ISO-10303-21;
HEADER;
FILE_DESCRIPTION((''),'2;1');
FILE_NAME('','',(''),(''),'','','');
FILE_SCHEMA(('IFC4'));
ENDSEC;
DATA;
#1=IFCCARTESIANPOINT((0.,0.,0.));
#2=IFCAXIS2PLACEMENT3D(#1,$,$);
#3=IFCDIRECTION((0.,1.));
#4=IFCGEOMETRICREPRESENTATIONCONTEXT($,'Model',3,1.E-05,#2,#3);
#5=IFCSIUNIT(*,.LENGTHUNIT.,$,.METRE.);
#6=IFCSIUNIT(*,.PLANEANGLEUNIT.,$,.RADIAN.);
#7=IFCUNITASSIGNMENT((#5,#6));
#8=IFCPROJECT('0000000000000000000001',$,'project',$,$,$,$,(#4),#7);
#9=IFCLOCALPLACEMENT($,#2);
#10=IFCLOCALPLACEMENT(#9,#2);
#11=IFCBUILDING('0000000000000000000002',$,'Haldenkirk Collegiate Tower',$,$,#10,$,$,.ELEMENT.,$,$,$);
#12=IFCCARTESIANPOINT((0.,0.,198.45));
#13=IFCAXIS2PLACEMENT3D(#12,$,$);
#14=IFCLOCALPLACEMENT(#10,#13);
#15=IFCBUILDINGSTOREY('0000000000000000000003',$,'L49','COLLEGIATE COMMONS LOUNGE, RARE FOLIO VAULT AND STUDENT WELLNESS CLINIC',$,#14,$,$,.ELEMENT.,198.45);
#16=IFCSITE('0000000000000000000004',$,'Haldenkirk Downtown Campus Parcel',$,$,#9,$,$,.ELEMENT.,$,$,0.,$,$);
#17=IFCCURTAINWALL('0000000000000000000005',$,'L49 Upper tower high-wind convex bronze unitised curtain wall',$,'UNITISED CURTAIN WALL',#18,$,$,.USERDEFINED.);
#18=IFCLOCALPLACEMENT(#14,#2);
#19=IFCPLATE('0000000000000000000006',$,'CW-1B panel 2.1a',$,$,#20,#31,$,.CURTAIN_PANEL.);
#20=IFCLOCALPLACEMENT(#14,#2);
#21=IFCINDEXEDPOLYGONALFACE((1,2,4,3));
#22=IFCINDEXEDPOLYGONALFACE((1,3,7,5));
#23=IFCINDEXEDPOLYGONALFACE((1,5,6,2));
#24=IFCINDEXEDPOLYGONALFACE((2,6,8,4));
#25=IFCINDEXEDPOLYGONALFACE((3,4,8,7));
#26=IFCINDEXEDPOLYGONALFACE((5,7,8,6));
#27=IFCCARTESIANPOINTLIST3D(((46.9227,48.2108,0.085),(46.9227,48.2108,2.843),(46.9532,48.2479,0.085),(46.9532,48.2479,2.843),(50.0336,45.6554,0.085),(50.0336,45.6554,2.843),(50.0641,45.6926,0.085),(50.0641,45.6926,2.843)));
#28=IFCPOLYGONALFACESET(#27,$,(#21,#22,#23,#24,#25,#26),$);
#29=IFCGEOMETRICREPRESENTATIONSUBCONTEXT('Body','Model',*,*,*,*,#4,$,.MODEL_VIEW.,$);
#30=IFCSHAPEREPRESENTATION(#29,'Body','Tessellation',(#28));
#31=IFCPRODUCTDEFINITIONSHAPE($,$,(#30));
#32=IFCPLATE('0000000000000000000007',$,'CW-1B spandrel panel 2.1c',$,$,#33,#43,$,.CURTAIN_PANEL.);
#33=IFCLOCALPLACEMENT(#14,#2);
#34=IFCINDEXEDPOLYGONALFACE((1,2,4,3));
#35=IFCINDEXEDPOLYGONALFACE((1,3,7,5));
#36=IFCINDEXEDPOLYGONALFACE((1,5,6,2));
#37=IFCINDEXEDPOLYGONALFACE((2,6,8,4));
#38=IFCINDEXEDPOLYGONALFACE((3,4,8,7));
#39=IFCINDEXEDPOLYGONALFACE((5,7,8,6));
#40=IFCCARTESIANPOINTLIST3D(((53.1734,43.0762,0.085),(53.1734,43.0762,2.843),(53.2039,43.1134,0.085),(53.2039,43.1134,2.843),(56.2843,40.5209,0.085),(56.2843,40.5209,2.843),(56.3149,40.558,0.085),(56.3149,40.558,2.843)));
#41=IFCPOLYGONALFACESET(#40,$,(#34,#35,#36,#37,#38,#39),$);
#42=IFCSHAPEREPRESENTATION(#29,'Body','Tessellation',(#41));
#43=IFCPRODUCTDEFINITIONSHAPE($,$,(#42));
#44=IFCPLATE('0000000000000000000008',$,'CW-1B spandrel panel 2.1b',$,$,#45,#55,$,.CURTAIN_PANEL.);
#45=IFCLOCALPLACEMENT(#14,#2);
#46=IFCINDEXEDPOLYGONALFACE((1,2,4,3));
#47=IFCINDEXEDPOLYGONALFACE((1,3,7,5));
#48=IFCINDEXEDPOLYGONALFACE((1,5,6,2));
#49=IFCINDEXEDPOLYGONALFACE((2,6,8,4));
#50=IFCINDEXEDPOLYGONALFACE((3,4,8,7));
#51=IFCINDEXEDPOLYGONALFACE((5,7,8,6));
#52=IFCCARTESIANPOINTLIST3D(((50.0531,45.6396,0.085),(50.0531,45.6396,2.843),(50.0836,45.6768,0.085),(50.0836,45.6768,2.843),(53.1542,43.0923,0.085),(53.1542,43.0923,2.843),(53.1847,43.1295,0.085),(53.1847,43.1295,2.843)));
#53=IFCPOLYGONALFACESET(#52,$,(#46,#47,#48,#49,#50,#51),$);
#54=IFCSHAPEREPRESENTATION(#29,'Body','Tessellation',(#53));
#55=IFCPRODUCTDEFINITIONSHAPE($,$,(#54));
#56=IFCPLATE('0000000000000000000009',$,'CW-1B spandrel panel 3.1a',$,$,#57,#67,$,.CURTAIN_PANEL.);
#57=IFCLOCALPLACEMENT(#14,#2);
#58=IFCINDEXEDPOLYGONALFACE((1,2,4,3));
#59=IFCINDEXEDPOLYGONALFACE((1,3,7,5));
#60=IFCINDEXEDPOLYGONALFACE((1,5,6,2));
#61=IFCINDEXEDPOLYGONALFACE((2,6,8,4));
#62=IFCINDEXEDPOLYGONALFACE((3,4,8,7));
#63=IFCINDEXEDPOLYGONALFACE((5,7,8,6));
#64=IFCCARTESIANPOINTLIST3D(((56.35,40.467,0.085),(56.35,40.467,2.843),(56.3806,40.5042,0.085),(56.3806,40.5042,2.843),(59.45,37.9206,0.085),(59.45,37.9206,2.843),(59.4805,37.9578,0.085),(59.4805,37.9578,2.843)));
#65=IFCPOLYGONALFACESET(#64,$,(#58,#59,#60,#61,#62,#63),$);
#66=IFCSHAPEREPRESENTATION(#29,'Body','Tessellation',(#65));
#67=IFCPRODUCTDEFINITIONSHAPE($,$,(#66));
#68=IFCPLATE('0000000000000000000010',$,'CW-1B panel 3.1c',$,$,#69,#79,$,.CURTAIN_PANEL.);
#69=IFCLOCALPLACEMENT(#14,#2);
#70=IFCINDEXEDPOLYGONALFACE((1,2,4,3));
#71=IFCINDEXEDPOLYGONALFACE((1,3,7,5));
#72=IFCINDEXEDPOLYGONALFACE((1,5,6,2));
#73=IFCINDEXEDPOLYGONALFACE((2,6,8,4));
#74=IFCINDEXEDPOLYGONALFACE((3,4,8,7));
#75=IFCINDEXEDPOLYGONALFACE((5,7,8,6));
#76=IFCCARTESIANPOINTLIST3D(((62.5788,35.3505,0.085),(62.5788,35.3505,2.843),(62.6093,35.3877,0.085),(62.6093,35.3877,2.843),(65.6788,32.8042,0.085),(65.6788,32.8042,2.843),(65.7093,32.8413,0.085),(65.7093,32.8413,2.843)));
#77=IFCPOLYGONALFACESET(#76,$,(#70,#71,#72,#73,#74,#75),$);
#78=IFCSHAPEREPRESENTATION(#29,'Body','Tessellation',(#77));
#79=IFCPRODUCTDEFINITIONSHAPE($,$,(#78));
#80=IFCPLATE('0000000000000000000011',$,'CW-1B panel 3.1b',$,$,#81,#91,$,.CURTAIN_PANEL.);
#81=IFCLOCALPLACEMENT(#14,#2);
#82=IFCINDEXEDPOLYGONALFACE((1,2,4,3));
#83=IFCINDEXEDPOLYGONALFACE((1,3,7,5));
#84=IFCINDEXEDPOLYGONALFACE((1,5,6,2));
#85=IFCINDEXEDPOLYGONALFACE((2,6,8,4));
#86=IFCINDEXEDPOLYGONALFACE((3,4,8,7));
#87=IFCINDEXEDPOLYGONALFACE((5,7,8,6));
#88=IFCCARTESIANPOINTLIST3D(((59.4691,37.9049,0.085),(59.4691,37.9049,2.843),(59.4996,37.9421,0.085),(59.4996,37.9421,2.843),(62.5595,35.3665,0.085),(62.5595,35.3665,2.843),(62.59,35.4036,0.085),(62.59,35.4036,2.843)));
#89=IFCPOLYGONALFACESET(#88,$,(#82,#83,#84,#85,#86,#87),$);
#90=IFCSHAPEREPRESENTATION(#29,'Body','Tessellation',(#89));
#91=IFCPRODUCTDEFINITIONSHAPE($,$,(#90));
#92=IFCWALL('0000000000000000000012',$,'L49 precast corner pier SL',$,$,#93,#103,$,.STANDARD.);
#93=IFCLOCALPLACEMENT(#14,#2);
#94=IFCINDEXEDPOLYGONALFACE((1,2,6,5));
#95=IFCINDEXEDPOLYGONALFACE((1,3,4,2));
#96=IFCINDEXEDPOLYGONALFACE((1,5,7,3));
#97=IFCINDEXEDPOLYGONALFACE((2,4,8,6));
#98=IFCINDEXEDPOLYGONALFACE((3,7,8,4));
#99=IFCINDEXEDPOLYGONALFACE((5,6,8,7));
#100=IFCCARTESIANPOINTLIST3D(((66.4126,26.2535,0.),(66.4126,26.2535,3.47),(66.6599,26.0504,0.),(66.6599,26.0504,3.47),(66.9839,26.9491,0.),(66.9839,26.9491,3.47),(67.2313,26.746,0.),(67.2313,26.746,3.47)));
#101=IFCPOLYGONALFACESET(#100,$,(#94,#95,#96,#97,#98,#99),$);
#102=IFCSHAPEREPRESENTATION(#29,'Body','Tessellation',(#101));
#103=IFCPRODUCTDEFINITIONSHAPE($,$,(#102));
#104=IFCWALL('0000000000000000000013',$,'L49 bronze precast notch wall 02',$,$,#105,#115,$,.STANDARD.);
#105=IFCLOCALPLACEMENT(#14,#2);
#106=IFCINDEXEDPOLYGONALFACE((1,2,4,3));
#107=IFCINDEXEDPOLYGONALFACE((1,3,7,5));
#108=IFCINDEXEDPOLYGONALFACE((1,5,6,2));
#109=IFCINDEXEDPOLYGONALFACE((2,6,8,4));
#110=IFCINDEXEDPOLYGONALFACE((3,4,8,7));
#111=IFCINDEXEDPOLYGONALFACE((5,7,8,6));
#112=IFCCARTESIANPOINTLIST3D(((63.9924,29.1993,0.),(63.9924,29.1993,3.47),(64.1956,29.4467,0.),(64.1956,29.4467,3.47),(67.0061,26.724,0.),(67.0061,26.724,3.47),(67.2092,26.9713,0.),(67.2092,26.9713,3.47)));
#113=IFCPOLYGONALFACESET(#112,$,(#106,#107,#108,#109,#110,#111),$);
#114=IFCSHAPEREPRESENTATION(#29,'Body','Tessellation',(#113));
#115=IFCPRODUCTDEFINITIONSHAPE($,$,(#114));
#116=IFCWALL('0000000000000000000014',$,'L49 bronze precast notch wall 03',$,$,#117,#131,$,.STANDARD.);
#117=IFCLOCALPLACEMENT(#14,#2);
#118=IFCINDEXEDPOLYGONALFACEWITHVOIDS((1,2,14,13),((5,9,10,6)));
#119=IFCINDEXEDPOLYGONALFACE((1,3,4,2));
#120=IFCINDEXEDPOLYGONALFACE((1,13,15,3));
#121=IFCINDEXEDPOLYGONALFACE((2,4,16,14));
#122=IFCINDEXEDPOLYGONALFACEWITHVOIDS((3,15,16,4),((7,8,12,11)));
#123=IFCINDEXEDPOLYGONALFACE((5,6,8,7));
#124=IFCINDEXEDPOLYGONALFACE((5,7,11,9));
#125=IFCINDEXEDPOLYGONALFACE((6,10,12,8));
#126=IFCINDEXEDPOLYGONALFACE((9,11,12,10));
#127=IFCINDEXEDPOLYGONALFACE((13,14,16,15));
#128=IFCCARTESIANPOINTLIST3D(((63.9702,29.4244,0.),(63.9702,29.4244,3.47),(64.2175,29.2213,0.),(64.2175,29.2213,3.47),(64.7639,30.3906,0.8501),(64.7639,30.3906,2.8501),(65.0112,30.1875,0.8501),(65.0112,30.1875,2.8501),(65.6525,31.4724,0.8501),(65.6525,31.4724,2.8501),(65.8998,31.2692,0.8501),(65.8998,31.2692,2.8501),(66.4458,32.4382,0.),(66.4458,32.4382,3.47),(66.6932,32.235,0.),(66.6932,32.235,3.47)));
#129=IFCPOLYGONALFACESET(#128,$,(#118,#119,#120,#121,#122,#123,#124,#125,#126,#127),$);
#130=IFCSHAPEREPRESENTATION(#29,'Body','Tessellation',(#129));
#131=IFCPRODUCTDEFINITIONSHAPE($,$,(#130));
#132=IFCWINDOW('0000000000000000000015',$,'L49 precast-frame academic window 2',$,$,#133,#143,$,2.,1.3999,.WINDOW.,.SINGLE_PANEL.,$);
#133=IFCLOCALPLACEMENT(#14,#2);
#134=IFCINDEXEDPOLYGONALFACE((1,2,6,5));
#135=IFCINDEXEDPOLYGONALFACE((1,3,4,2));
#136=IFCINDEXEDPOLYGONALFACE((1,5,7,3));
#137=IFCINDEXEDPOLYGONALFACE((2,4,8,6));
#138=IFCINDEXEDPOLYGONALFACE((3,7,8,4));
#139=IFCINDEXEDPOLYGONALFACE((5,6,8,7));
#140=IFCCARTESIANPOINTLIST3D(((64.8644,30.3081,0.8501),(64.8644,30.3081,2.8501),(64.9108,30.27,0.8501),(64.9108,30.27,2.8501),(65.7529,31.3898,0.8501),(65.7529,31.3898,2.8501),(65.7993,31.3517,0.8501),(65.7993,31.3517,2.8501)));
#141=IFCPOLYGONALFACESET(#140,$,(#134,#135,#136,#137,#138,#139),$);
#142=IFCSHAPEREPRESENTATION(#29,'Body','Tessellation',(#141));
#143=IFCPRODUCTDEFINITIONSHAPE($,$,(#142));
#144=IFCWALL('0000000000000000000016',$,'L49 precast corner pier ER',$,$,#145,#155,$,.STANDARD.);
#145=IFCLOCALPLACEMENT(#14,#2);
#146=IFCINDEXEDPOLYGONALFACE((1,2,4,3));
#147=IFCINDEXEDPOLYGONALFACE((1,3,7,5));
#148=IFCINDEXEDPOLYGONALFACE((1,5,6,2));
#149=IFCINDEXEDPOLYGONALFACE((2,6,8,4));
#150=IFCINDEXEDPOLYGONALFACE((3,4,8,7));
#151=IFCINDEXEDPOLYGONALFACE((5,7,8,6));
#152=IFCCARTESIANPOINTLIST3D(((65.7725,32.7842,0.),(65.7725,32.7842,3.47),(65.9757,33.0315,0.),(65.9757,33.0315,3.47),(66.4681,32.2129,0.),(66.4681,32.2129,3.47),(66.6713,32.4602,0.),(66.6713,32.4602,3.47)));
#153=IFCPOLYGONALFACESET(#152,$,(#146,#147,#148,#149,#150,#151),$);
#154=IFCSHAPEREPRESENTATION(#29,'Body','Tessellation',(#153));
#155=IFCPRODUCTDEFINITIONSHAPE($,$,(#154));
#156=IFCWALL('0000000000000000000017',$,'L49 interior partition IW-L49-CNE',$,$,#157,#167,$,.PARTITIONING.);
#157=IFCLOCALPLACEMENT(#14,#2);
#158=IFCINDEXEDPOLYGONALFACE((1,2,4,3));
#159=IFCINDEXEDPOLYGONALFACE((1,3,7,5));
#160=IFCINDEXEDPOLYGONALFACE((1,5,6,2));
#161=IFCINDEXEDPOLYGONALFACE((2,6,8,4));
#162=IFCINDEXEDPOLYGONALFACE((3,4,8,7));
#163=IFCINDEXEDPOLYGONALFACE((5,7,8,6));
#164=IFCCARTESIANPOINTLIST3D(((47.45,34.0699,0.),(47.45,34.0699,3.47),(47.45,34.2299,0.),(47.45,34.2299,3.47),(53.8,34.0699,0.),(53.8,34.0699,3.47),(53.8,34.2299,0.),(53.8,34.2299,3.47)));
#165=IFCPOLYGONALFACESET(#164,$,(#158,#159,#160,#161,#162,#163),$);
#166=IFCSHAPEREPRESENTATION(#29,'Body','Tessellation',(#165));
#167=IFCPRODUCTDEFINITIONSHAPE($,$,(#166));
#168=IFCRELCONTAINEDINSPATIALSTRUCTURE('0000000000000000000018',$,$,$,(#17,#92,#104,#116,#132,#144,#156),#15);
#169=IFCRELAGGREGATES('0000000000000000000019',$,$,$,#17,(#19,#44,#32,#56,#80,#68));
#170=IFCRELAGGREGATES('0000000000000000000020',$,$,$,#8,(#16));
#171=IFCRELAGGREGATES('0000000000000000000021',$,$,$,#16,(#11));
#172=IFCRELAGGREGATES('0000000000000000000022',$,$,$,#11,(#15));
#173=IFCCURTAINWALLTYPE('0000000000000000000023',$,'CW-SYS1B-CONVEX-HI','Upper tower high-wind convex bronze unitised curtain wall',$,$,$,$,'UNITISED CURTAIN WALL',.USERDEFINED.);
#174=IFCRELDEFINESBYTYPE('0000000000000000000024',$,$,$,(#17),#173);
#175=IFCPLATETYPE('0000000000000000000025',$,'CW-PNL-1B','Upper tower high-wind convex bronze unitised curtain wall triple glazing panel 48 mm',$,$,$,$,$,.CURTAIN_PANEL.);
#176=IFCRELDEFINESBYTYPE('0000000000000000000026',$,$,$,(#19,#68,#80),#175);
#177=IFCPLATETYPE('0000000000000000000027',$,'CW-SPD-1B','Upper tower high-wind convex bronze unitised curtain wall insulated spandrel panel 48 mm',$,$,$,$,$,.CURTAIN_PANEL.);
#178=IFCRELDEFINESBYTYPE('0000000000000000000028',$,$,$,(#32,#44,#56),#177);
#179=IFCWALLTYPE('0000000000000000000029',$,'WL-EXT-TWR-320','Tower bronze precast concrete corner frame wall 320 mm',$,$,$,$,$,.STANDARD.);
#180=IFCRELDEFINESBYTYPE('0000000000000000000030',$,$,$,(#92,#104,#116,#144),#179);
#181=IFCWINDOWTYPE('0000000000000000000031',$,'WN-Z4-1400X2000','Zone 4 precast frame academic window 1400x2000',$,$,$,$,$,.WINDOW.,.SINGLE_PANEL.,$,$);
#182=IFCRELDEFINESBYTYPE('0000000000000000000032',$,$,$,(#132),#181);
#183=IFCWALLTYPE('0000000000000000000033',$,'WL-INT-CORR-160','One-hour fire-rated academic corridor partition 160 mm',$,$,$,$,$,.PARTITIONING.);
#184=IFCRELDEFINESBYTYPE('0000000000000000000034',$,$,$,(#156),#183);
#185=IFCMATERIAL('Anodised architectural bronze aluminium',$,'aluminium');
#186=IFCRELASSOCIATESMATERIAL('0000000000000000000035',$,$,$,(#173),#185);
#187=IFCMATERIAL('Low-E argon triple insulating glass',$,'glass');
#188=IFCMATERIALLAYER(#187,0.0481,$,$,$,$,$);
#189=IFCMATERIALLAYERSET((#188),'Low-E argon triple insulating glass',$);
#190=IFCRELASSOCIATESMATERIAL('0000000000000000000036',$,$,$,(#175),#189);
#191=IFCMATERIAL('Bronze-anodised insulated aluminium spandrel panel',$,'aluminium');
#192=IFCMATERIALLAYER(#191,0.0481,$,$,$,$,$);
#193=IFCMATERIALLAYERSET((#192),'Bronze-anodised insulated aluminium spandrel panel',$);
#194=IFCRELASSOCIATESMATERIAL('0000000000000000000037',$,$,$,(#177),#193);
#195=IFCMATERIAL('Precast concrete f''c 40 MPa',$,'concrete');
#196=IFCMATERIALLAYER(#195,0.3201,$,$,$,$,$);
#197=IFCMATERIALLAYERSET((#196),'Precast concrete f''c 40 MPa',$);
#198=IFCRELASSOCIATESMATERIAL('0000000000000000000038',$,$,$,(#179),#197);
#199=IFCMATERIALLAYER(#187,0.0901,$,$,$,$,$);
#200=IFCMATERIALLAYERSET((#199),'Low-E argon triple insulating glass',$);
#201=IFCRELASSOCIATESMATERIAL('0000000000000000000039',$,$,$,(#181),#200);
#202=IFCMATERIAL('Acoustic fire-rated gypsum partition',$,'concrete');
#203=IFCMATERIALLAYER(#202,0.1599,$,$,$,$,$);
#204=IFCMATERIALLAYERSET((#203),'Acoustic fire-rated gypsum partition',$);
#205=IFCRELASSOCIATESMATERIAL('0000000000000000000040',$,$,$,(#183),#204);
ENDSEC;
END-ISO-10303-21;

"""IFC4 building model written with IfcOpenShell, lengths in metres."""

from ifc_helpers import new_model, si_unit, direction, frame, frame_2d, origin, origin_2d, place, context, subcontext, project, spatial, rectangle, extrude, source, transform, mapped, material, layer, layer_set, type_object, element, fill, aggregate, save


model = new_model("IFC4")

# Units and contexts
model_context = context("Model", 3, precision=1e-05, world=origin(), true_north=direction((0.0, 1.0)))
body_context = subcontext(model_context, "Body", "Model", "MODEL_VIEW")
ifc_project = project(units=[si_unit("LENGTHUNIT", "METRE"), si_unit("PLANEANGLEUNIT", "RADIAN")], contexts=[model_context])

# Site, building, storey
site_placement = place(None, origin())
site = spatial("IfcSite", under=ifc_project, at=site_placement, Name="Haldenkirk Downtown Campus Parcel", CompositionType="ELEMENT", RefElevation=0.0)
building_placement = place(site_placement, origin())
building = spatial("IfcBuilding", under=site, at=building_placement, Name="Haldenkirk Collegiate Tower", CompositionType="ELEMENT")
storey_placement = place(building_placement, frame((0.0, 0.0, 198.45)))
storey = spatial("IfcBuildingStorey", under=building, at=storey_placement, Name="L49", Description="COLLEGIATE COMMONS LOUNGE, RARE FOLIO VAULT AND STUDENT WELLNESS CLINIC", CompositionType="ELEMENT", Elevation=198.45)

# Shared definitions
ifc_material_1 = material(Name="Anodised architectural bronze aluminium", Category="aluminium")

# Curtain wall
curtain_wall_type_1 = type_object("IfcCurtainWallType", Name="CW-SYS1B-CONVEX-HI", Description="Upper tower high-wind convex bronze unitised curtain wall", ElementType="UNITISED CURTAIN WALL", PredefinedType="USERDEFINED", material=ifc_material_1)
curtain_wall_1_placement = place(storey_placement, origin())
curtain_wall_1 = element("IfcCurtainWall", 1, at=curtain_wall_1_placement, inside=storey, type_object=curtain_wall_type_1, Name="L49 Upper tower high-wind convex bronze unitised curtain wall", ObjectType="UNITISED CURTAIN WALL", PredefinedType="USERDEFINED")

# Plates
ifc_material_2 = material(Name="Low-E argon triple insulating glass", Category="glass")
ifc_layer_1 = layer(ifc_material_2, 0.0481)
ifc_layer_set_1 = layer_set([ifc_layer_1], Name="Low-E argon triple insulating glass")
plate_type_1 = type_object("IfcPlateType", Name="CW-PNL-1B", Description="Upper tower high-wind convex bronze unitised curtain wall triple glazing panel 48 mm", PredefinedType="CURTAIN_PANEL", material=ifc_layer_set_1)
shared_shape_1 = source(origin(), body_context, "Body", "SweptSolid", [
    extrude(rectangle(XDim=4.0259, YDim=0.0481, at=origin_2d()), origin(), (0.0, 0.0, 1.0), 2.7581),
])
plate_1_placement = place(storey_placement, frame((48.4934, 46.9517, 0.085), z_axis=(0.0, 0.0, 1.0), x_axis=(0.772732, -0.634732, 0.0)))
plate_1 = element("IfcPlate", 2, at=plate_1_placement, type_object=plate_type_1, Name="CW-1B panel 2.1a", PredefinedType="CURTAIN_PANEL", context=body_context, shape_type="MappedRepresentation", body=[
    mapped(shared_shape_1, transform((0.0, 0.0, 0.0), x_axis=(1.0, 0.0, 0.0), y_axis=(0.0, 1.0, 0.0), z_axis=(0.0, 0.0, 1.0), scale=1.0)),
])
ifc_material_3 = material(Name="Bronze-anodised insulated aluminium spandrel panel", Category="aluminium")
ifc_layer_2 = layer(ifc_material_3, 0.0481)
ifc_layer_set_2 = layer_set([ifc_layer_2], Name="Bronze-anodised insulated aluminium spandrel panel")
plate_type_2 = type_object("IfcPlateType", Name="CW-SPD-1B", Description="Upper tower high-wind convex bronze unitised curtain wall insulated spandrel panel 48 mm", PredefinedType="CURTAIN_PANEL", material=ifc_layer_set_2)
plate_2_placement = place(storey_placement, frame((54.7441, 41.8171, 0.085), z_axis=(0.0, 0.0, 1.0), x_axis=(0.772732, -0.634732, 0.0)))
plate_2 = element("IfcPlate", 3, at=plate_2_placement, type_object=plate_type_2, Name="CW-1B spandrel panel 2.1c", PredefinedType="CURTAIN_PANEL", context=body_context, shape_type="MappedRepresentation", body=[
    mapped(shared_shape_1, transform((0.0, 0.0, 0.0), x_axis=(1.0, 0.0, 0.0), y_axis=(0.0, 1.0, 0.0), z_axis=(0.0, 0.0, 1.0), scale=1.0)),
])
shared_shape_2 = source(origin(), body_context, "Body", "SweptSolid", [
    extrude(rectangle(XDim=4.0132, YDim=0.0481, at=origin_2d()), origin(), (0.0, 0.0, 1.0), 2.7581),
])
plate_3_placement = place(storey_placement, frame((51.6189, 44.3845, 0.085), z_axis=(0.0, 0.0, 1.0), x_axis=(0.772732, -0.634732, 0.0)))
plate_3 = element("IfcPlate", 4, at=plate_3_placement, type_object=plate_type_2, Name="CW-1B spandrel panel 2.1b", PredefinedType="CURTAIN_PANEL", context=body_context, shape_type="MappedRepresentation", body=[
    mapped(shared_shape_2, transform((0.0, 0.0, 0.0), x_axis=(1.0, 0.0, 0.0), y_axis=(0.0, 1.0, 0.0), z_axis=(0.0, 0.0, 1.0), scale=1.0)),
])
shared_shape_3 = source(origin(), body_context, "Body", "SweptSolid", [
    extrude(rectangle(XDim=4.0117, YDim=0.0481, at=origin_2d()), origin(), (0.0, 0.0, 1.0), 2.7581),
])
plate_4_placement = place(storey_placement, frame((57.9153, 39.2124, 0.085), z_axis=(0.0, 0.0, 1.0), x_axis=(0.772732, -0.634732, 0.0)))
plate_4 = element("IfcPlate", 5, at=plate_4_placement, type_object=plate_type_2, Name="CW-1B spandrel panel 3.1a", PredefinedType="CURTAIN_PANEL", context=body_context, shape_type="MappedRepresentation", body=[
    mapped(shared_shape_3, transform((0.0, 0.0, 0.0), x_axis=(1.0, 0.0, 0.0), y_axis=(0.0, 1.0, 0.0), z_axis=(0.0, 0.0, 1.0), scale=1.0)),
])
plate_5_placement = place(storey_placement, frame((64.144, 34.0959, 0.085), z_axis=(0.0, 0.0, 1.0), x_axis=(0.772732, -0.634732, 0.0)))
plate_5 = element("IfcPlate", 6, at=plate_5_placement, type_object=plate_type_1, Name="CW-1B panel 3.1c", PredefinedType="CURTAIN_PANEL", context=body_context, shape_type="MappedRepresentation", body=[
    mapped(shared_shape_3, transform((0.0, 0.0, 0.0), x_axis=(1.0, 0.0, 0.0), y_axis=(0.0, 1.0, 0.0), z_axis=(0.0, 0.0, 1.0), scale=1.0)),
])
shared_shape_4 = source(origin(), body_context, "Body", "SweptSolid", [
    extrude(rectangle(XDim=3.9993, YDim=0.0481, at=origin_2d()), origin(), (0.0, 0.0, 1.0), 2.7581),
])
plate_6_placement = place(storey_placement, frame((61.0295, 36.6543, 0.085), z_axis=(0.0, 0.0, 1.0), x_axis=(0.772732, -0.634732, 0.0)))
plate_6 = element("IfcPlate", 7, at=plate_6_placement, type_object=plate_type_1, Name="CW-1B panel 3.1b", PredefinedType="CURTAIN_PANEL", context=body_context, shape_type="MappedRepresentation", body=[
    mapped(shared_shape_4, transform((0.0, 0.0, 0.0), x_axis=(1.0, 0.0, 0.0), y_axis=(0.0, 1.0, 0.0), z_axis=(0.0, 0.0, 1.0), scale=1.0)),
])
aggregate(curtain_wall_1, [plate_1, plate_3, plate_2, plate_4, plate_6, plate_5])

# Walls
ifc_material_4 = material(Name="Precast concrete f'c 40 MPa", Category="concrete")
ifc_layer_3 = layer(ifc_material_4, 0.3201)
ifc_layer_set_3 = layer_set([ifc_layer_3], Name="Precast concrete f'c 40 MPa")
wall_type_1 = type_object("IfcWallType", Name="WL-EXT-TWR-320", Description="Tower bronze precast concrete corner frame wall 320 mm", PredefinedType="STANDARD", material=ifc_layer_set_3)
wall_1_placement = place(storey_placement, frame((67.1077, 26.8477, 0.0), z_axis=(0.0, 0.0, 1.0), x_axis=(-0.634699, -0.77276, 0.0)))
element("IfcWall", 8, at=wall_1_placement, inside=storey, type_object=wall_type_1, Name="L49 precast corner pier SL", PredefinedType="STANDARD", context=body_context, shape_type="SweptSolid", body=[
    extrude(rectangle(XDim=0.9001, YDim=0.3201, at=frame_2d((0.4502, 0.0))), origin(), (0.0, 0.0, 1.0), 3.47),
])
wall_2_placement = place(storey_placement, frame((64.094, 29.323, 0.0), z_axis=(0.0, 0.0, 1.0), x_axis=(0.772748, -0.634713, 0.0)))
element("IfcWall", 9, at=wall_2_placement, inside=storey, type_object=wall_type_1, Name="L49 bronze precast notch wall 02", PredefinedType="STANDARD", context=body_context, shape_type="SweptSolid", body=[
    extrude(rectangle(XDim=3.8999, YDim=0.3201, at=frame_2d((1.95, 0.0))), origin(), (0.0, 0.0, 1.0), 3.47),
])

# Wall, opening, window
wall_3_placement = place(storey_placement, frame((66.5696, 32.3367, 0.0), z_axis=(0.0, 0.0, 1.0), x_axis=(-0.63475, -0.772717, 0.0)))
wall_3 = element("IfcWall", 10, at=wall_3_placement, inside=storey, type_object=wall_type_1, Name="L49 bronze precast notch wall 03", PredefinedType="STANDARD", context=body_context, shape_type="SweptSolid", body=[
    extrude(rectangle(XDim=3.9001, YDim=0.3201, at=frame_2d((1.9502, 0.0))), origin(), (0.0, 0.0, 1.0), 3.47),
])
opening_1_placement = place(wall_3_placement, frame((1.25, 0.0, 0.8501)))
opening_1 = element("IfcOpeningElement", 11, at=opening_1_placement, cuts=wall_3, PredefinedType="OPENING", context=body_context, shape_type="SweptSolid", body=[
    extrude(rectangle(XDim=1.3999, YDim=2.0, at=frame_2d((0.7, 1.0))), frame((0.0, 0.1699, 0.0), z_axis=(0.0, -1.0, 0.0), x_axis=(1.0, 0.0, 0.0)), (0.0, 0.0, 1.0), 0.3401),
])
ifc_layer_4 = layer(ifc_material_2, 0.0901)
ifc_layer_set_4 = layer_set([ifc_layer_4], Name="Low-E argon triple insulating glass")
window_type = type_object("IfcWindowType", Name="WN-Z4-1400X2000", Description="Zone 4 precast frame academic window 1400x2000", PartitioningType="SINGLE_PANEL", PredefinedType="WINDOW", material=ifc_layer_set_4)
window_placement = place(opening_1_placement, origin())
window = element("IfcWindow", 12, at=window_placement, inside=storey, type_object=window_type, Name="L49 precast-frame academic window 2", OverallHeight=2.0, OverallWidth=1.3999, PartitioningType="SINGLE_PANEL", PredefinedType="WINDOW", context=body_context, shape_type="SweptSolid", body=[
    extrude(rectangle(XDim=1.3999, YDim=2.0, at=frame_2d((0.7, 1.0))), frame((0.0, 0.03, 0.0), z_axis=(0.0, -1.0, 0.0), x_axis=(1.0, 0.0, 0.0)), (0.0, 0.0, 1.0), 0.0601),
])
fill(opening_1, window)

# Walls
wall_4_placement = place(storey_placement, frame((65.874, 32.908, 0.0), z_axis=(0.0, 0.0, 1.0), x_axis=(0.77276, -0.634699, 0.0)))
element("IfcWall", 13, at=wall_4_placement, inside=storey, type_object=wall_type_1, Name="L49 precast corner pier ER", PredefinedType="STANDARD", context=body_context, shape_type="SweptSolid", body=[
    extrude(rectangle(XDim=0.9001, YDim=0.3201, at=frame_2d((0.4502, 0.0))), origin(), (0.0, 0.0, 1.0), 3.47),
])
ifc_material_5 = material(Name="Acoustic fire-rated gypsum partition", Category="concrete")
ifc_layer_5 = layer(ifc_material_5, 0.1599)
ifc_layer_set_5 = layer_set([ifc_layer_5], Name="Acoustic fire-rated gypsum partition")
wall_type_2 = type_object("IfcWallType", Name="WL-INT-CORR-160", Description="One-hour fire-rated academic corridor partition 160 mm", PredefinedType="PARTITIONING", material=ifc_layer_set_5)
wall_5_placement = place(storey_placement, frame((47.45, 34.1499, 0.0), z_axis=(0.0, 0.0, 1.0), x_axis=(1.0, 0.0, 0.0)))
element("IfcWall", 14, at=wall_5_placement, inside=storey, type_object=wall_type_2, Name="L49 interior partition IW-L49-CNE", PredefinedType="PARTITIONING", context=body_context, shape_type="SweptSolid", body=[
    extrude(rectangle(XDim=6.3501, YDim=0.1599, at=frame_2d((3.175, 0.0))), origin(), (0.0, 0.0, 1.0), 3.47),
])

save(model, "model.ifc")
